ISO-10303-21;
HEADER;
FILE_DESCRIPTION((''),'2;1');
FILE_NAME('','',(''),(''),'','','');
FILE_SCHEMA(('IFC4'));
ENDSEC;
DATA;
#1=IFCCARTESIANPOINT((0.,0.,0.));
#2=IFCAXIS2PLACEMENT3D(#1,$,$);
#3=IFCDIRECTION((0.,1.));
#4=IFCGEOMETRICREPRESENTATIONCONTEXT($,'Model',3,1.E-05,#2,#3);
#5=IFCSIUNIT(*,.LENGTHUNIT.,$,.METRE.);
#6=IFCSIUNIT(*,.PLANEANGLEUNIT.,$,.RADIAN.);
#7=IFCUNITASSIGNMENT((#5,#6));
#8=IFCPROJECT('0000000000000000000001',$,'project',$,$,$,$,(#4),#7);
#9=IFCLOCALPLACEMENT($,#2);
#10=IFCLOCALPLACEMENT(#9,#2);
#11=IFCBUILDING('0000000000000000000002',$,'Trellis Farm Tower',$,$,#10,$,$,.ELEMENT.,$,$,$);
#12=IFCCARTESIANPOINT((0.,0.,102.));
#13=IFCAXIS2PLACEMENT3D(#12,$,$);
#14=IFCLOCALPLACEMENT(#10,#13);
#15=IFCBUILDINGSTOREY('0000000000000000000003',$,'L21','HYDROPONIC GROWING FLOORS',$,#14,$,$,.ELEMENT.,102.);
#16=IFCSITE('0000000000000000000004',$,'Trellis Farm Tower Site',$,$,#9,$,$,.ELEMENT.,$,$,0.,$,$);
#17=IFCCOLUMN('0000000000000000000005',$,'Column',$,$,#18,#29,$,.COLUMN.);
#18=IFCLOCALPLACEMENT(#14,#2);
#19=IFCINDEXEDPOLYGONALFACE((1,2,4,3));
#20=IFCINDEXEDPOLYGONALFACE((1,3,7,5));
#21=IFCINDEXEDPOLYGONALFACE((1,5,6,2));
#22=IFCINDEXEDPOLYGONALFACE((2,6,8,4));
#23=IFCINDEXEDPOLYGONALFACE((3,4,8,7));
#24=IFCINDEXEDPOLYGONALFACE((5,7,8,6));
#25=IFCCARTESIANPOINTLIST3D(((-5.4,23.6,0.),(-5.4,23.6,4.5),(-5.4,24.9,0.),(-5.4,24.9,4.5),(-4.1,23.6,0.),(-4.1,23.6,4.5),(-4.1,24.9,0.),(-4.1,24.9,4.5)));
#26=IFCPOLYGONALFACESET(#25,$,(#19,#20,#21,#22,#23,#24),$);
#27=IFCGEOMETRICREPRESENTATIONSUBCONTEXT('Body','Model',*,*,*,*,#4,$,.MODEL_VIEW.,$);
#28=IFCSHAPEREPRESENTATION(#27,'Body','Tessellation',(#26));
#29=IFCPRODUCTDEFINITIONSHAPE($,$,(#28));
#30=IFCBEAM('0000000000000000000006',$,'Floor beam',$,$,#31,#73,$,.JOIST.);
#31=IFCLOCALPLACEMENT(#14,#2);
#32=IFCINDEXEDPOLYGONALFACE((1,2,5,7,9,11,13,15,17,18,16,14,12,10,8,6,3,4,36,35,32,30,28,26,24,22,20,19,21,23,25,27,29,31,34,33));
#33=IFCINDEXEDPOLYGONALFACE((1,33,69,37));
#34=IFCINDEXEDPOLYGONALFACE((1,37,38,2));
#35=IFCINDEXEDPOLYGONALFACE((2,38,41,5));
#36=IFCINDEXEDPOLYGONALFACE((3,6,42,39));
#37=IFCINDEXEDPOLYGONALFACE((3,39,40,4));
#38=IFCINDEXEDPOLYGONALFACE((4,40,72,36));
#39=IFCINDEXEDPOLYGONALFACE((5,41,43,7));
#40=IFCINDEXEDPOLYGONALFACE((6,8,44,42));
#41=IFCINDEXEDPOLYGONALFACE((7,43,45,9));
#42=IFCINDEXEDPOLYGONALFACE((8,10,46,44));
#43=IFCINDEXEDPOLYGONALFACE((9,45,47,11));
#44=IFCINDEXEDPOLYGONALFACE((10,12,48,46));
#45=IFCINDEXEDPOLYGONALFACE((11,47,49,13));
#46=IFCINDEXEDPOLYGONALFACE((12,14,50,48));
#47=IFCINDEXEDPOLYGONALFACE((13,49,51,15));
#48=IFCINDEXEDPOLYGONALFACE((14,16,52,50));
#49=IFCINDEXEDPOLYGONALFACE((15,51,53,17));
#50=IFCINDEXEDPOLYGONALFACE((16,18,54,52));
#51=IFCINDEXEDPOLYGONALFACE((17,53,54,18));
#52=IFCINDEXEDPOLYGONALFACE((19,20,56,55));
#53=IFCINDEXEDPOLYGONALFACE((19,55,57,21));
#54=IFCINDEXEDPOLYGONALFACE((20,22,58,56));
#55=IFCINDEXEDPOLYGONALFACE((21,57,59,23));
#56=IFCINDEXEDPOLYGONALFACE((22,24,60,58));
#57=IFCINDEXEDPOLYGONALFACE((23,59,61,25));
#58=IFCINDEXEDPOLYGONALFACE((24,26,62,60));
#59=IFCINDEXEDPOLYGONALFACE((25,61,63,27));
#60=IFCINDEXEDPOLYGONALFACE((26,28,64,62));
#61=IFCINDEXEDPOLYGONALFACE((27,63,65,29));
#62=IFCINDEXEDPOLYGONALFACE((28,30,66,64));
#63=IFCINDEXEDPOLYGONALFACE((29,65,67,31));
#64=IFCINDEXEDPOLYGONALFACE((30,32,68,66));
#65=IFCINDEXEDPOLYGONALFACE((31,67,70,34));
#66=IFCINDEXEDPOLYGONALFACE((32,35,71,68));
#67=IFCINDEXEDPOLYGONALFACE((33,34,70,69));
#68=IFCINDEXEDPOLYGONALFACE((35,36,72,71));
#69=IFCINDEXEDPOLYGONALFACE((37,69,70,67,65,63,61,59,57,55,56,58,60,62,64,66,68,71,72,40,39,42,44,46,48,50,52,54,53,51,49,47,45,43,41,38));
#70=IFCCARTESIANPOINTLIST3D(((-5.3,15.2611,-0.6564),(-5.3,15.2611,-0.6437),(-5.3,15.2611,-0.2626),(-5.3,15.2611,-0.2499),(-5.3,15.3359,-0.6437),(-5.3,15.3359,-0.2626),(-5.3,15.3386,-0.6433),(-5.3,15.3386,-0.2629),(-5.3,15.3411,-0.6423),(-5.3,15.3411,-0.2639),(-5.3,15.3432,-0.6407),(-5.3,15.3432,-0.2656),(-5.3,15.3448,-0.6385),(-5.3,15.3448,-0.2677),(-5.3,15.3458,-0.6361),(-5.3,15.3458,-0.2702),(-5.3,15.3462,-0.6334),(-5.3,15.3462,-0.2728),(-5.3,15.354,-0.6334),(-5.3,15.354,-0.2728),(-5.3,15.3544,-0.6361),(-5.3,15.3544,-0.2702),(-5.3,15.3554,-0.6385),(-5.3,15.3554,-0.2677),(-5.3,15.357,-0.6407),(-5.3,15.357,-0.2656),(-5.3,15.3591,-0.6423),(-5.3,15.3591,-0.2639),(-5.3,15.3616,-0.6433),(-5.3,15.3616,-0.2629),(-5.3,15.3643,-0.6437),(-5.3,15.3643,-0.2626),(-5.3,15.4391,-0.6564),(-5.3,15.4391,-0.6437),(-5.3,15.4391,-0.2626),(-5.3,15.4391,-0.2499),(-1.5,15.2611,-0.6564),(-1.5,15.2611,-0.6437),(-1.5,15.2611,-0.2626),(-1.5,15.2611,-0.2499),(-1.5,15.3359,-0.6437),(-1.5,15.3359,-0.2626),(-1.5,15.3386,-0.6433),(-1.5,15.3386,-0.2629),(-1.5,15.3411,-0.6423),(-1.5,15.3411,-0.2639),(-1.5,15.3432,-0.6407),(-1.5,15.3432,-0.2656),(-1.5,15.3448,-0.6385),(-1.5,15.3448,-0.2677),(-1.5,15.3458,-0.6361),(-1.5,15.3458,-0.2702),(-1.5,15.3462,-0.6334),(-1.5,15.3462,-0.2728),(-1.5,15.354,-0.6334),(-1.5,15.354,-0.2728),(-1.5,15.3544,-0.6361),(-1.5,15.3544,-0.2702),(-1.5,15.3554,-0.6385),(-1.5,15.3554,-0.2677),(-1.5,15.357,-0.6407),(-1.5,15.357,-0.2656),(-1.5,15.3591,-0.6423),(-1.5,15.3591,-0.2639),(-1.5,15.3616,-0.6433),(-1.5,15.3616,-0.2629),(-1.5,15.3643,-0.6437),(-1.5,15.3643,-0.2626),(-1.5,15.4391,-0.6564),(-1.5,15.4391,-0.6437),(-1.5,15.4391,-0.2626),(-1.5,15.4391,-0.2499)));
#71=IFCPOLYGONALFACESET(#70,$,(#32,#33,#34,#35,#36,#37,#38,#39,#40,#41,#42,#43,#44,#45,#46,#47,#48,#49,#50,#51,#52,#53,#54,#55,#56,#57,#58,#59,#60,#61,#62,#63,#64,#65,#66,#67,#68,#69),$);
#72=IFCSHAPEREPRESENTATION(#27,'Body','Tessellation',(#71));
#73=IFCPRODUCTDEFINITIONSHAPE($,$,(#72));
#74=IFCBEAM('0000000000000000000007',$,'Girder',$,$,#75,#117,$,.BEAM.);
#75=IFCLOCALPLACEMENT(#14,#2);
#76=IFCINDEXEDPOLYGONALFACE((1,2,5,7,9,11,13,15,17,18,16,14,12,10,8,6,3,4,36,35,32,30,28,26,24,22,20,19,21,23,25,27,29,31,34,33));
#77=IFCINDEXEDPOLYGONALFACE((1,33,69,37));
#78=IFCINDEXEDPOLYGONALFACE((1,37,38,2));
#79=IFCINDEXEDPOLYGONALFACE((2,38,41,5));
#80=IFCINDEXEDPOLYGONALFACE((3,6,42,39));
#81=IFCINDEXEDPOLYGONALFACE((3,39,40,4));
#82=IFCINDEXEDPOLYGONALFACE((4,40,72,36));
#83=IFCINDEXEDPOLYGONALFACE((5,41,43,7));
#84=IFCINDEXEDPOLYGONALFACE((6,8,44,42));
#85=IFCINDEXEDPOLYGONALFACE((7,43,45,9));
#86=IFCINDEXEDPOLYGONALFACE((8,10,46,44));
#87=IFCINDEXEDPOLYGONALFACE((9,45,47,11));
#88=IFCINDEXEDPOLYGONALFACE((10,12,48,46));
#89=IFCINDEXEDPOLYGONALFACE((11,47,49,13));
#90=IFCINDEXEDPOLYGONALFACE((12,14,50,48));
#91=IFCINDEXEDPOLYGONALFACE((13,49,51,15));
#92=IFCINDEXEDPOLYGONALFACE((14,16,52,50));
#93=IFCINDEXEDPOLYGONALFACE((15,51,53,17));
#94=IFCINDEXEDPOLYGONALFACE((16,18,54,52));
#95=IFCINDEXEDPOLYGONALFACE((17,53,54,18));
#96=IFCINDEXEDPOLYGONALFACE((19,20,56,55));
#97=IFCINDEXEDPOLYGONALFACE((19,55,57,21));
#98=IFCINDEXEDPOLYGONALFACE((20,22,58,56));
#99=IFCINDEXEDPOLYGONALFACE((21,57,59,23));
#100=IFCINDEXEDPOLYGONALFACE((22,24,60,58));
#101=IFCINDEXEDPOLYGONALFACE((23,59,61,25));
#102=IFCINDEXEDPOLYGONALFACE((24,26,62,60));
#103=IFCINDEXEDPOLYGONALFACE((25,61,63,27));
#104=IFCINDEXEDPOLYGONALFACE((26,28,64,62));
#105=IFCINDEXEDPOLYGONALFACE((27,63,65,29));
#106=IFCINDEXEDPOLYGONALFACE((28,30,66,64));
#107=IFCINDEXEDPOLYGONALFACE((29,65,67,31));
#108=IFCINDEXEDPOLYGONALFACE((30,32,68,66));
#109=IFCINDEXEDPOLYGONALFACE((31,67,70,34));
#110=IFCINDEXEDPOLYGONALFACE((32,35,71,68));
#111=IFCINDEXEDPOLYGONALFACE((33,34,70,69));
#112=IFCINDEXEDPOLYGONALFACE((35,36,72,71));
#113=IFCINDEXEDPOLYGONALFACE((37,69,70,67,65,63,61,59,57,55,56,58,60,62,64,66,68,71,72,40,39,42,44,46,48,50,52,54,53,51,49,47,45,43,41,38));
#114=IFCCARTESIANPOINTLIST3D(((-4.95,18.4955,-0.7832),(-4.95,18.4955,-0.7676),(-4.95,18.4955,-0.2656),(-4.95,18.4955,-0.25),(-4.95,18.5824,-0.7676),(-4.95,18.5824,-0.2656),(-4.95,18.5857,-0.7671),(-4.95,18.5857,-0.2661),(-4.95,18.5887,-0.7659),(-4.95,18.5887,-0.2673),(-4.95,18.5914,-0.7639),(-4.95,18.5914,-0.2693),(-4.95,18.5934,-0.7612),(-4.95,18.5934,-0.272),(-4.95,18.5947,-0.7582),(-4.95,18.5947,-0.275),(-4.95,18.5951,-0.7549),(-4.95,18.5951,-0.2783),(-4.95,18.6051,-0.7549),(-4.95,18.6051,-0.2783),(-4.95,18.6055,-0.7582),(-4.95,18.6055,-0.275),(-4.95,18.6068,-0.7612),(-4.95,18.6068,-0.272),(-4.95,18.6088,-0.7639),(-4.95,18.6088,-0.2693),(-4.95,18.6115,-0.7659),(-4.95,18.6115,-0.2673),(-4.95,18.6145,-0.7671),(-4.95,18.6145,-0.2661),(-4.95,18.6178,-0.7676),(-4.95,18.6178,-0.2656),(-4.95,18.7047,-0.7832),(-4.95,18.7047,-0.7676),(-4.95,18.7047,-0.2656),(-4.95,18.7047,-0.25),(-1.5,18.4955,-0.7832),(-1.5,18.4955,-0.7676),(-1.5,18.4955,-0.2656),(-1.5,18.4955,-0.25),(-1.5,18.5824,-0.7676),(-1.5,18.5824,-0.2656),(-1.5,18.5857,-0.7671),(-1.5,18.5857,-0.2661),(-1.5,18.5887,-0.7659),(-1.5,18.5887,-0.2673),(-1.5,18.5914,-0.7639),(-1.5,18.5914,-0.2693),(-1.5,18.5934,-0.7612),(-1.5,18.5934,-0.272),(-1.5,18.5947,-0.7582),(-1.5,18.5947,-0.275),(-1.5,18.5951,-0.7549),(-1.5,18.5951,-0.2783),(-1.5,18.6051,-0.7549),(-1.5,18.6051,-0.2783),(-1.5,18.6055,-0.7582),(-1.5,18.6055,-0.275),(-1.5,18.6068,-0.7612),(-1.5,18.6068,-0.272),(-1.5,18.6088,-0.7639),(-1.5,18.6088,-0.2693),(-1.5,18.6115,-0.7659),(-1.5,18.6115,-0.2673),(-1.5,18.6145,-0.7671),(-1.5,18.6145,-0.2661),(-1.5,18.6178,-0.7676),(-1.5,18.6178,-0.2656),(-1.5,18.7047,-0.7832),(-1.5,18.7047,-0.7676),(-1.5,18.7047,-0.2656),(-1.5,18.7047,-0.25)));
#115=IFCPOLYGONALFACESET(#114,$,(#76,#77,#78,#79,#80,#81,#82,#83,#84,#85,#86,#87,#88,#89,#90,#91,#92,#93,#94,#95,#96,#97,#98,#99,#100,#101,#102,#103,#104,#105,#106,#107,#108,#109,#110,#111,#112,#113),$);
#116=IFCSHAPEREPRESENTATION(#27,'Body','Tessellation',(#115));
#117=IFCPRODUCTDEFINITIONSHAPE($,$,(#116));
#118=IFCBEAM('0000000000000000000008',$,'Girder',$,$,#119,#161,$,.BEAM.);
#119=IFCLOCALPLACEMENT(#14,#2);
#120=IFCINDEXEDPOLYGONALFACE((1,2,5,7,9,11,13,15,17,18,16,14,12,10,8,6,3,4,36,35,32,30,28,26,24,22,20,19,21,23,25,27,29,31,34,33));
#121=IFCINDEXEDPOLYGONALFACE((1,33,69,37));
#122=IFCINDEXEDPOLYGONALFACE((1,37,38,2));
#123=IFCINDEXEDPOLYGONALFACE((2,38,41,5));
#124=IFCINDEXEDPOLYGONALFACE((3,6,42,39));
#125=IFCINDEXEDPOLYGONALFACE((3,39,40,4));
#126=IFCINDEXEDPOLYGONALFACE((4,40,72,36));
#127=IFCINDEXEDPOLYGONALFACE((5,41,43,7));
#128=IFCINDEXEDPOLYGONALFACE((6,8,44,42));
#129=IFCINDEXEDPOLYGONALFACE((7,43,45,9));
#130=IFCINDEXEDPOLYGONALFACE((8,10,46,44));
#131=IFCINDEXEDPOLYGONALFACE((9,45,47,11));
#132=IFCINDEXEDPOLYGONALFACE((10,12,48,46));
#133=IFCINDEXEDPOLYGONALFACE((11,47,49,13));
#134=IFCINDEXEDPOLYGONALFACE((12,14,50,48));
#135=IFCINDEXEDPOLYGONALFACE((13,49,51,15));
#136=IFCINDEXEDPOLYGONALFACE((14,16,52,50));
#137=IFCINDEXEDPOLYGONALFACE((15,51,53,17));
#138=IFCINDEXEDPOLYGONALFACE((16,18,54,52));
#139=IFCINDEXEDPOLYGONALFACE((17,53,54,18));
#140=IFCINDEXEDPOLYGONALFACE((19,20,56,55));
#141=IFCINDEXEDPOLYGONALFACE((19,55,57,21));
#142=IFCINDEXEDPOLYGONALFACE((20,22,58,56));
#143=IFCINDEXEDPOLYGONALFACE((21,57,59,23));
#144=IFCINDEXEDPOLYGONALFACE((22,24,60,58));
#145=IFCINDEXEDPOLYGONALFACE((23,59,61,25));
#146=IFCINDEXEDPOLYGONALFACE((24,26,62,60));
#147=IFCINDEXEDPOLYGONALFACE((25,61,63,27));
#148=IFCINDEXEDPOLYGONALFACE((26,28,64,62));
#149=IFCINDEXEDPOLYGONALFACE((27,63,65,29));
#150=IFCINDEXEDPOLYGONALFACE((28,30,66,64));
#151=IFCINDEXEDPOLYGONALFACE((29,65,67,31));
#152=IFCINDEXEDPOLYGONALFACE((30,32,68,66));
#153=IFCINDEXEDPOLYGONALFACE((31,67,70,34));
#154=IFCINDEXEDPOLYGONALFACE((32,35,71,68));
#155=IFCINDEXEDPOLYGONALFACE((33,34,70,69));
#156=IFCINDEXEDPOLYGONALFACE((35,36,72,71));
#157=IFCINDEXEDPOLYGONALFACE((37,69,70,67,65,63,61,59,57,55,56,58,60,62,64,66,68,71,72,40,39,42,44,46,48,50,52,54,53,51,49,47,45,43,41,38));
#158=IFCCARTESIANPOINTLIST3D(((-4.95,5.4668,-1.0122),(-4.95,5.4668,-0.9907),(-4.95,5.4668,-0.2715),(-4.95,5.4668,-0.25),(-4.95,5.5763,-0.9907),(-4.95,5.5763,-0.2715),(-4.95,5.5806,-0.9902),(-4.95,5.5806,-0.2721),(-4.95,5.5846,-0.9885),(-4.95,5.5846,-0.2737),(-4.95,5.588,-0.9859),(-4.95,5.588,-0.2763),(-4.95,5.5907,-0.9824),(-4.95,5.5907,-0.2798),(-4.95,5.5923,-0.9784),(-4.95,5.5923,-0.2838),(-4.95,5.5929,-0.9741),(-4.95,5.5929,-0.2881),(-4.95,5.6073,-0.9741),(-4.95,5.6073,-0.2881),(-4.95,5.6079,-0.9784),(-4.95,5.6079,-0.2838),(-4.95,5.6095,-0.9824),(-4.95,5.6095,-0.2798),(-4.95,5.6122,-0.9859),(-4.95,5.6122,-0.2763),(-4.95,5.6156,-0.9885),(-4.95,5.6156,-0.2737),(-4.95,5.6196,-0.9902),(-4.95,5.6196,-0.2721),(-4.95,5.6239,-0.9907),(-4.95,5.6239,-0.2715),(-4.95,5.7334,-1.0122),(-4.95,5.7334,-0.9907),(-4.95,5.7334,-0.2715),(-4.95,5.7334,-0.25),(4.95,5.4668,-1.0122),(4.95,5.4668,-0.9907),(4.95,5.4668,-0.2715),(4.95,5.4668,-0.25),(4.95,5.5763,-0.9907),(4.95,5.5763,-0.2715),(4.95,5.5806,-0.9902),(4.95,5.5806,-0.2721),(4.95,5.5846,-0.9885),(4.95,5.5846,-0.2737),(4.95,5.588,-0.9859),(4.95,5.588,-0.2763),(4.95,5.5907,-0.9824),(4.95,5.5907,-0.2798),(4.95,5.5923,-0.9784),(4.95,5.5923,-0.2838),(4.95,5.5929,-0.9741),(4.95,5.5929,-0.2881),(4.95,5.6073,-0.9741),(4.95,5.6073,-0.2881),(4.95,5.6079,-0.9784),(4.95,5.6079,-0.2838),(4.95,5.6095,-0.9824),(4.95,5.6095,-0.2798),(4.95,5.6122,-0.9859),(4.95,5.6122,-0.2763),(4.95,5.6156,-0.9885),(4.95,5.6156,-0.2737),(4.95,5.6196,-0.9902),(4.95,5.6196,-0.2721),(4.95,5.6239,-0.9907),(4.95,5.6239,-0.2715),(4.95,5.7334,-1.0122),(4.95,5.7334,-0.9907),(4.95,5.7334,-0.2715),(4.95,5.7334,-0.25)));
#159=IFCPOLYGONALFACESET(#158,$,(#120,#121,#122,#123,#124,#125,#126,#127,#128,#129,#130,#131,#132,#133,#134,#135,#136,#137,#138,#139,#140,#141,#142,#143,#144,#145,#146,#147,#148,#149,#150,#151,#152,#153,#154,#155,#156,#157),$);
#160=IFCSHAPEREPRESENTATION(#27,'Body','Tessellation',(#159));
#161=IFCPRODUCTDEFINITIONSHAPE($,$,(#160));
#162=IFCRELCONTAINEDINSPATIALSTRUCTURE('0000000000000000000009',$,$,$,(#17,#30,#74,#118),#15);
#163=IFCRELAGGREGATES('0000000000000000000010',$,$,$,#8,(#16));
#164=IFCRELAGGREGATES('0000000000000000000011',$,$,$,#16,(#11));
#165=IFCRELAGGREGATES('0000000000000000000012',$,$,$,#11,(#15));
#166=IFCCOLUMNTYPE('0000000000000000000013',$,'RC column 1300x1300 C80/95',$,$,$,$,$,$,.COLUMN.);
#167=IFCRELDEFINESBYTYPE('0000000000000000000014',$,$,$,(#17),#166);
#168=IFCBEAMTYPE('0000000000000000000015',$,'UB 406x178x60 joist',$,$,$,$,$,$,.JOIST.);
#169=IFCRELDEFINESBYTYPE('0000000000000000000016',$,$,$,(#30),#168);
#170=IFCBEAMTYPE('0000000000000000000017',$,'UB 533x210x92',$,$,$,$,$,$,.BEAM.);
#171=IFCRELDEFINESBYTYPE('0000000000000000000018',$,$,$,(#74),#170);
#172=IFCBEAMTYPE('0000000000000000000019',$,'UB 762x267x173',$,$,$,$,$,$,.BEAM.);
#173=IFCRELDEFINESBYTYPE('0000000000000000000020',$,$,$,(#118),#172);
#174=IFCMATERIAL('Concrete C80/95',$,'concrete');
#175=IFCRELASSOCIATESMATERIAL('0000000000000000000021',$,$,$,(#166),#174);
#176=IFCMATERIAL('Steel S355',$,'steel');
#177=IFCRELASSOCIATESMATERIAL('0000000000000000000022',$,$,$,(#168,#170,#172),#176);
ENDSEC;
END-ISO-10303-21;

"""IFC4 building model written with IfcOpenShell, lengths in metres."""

from ifc_helpers import new_model, si_unit, direction, frame, origin, origin_2d, place, context, subcontext, project, spatial, rectangle, i_section, extrude, source, transform, mapped, material, material_profile, profile_set, type_object, element, save


model = new_model("IFC4")

# Units and contexts
model_context = context("Model", 3, precision=1e-05, world=origin(), true_north=direction((0.0, 1.0)))
body_context = subcontext(model_context, "Body", "Model", "MODEL_VIEW")
ifc_project = project(units=[si_unit("LENGTHUNIT", "METRE"), si_unit("PLANEANGLEUNIT", "RADIAN")], contexts=[model_context])

# Site, building, storey
site_placement = place(None, origin())
site = spatial("IfcSite", under=ifc_project, at=site_placement, Name="Trellis Farm Tower Site", CompositionType="ELEMENT", RefElevation=0.0)
building_placement = place(site_placement, origin())
building = spatial("IfcBuilding", under=site, at=building_placement, Name="Trellis Farm Tower", CompositionType="ELEMENT")
storey_placement = place(building_placement, frame((0.0, 0.0, 102.0)))
storey = spatial("IfcBuildingStorey", under=building, at=storey_placement, Name="L21", Description="HYDROPONIC GROWING FLOORS", CompositionType="ELEMENT", Elevation=102.0)

# Column
ifc_material_1 = material(Name="Concrete C80/95", Category="concrete")
ifc_material_profile_1 = material_profile(ifc_material_1, rectangle(XDim=1.3, YDim=1.3, at=origin_2d()), Name="RC column 1300x1300 C80/95")
ifc_profile_set_1 = profile_set([ifc_material_profile_1], Name="Concrete C80/95")
column_type = type_object("IfcColumnType", Name="RC column 1300x1300 C80/95", PredefinedType="COLUMN", material=ifc_profile_set_1)
shared_shape_1 = source(origin(), body_context, "Body", "SweptSolid", [
    extrude(rectangle(XDim=1.3, YDim=1.3, at=origin_2d()), origin(), (0.0, 0.0, 1.0), 4.5),
])
column_placement = place(storey_placement, frame((-4.75, 24.25, 0.0), z_axis=(0.0, 0.0, 1.0), x_axis=(1.0, 0.0, 0.0)))
element("IfcColumn", 1, at=column_placement, inside=storey, type_object=column_type, Name="Column", PredefinedType="COLUMN", context=body_context, shape_type="MappedRepresentation", body=[
    mapped(shared_shape_1, transform((0.0, 0.0, 0.0))),
])

# Beams
ifc_material_2 = material(Name="Steel S355", Category="steel")
ifc_material_profile_2 = material_profile(ifc_material_2, i_section(OverallWidth=0.178, OverallDepth=0.4065, WebThickness=0.0078, FlangeThickness=0.0127, FilletRadius=0.0103, at=origin_2d()), Name="UB 406x178x60")
ifc_profile_set_2 = profile_set([ifc_material_profile_2], Name="Steel S355")
beam_type_1 = type_object("IfcBeamType", Name="UB 406x178x60 joist", PredefinedType="JOIST", material=ifc_profile_set_2)
shared_shape_2 = source(origin(), body_context, "Body", "SweptSolid", [
    extrude(i_section(OverallWidth=0.178, OverallDepth=0.4065, WebThickness=0.0078, FlangeThickness=0.0127, FilletRadius=0.0103, at=origin_2d()), origin(), (0.0, 0.0, 1.0), 3.8),
])
beam_1_placement = place(storey_placement, frame((-5.3, 15.3501, -0.4531), z_axis=(1.0, 0.0, 0.0), x_axis=(0.0, 1.0, 0.0)))
element("IfcBeam", 2, at=beam_1_placement, inside=storey, type_object=beam_type_1, Name="Floor beam", PredefinedType="JOIST", context=body_context, shape_type="MappedRepresentation", body=[
    mapped(shared_shape_2, transform((0.0, 0.0, 0.0))),
])
ifc_material_profile_3 = material_profile(ifc_material_2, i_section(OverallWidth=0.2092, OverallDepth=0.5332, WebThickness=0.01, FlangeThickness=0.0156, FilletRadius=0.0127, at=origin_2d()), Name="UB 533x210x92")
ifc_profile_set_3 = profile_set([ifc_material_profile_3], Name="Steel S355")
beam_type_2 = type_object("IfcBeamType", Name="UB 533x210x92", PredefinedType="BEAM", material=ifc_profile_set_3)
shared_shape_3 = source(origin(), body_context, "Body", "SweptSolid", [
    extrude(i_section(OverallWidth=0.2092, OverallDepth=0.5332, WebThickness=0.01, FlangeThickness=0.0156, FilletRadius=0.0127, at=origin_2d()), origin(), (0.0, 0.0, 1.0), 3.45),
])
beam_2_placement = place(storey_placement, frame((-4.95, 18.6001, -0.5166), z_axis=(1.0, 0.0, 0.0), x_axis=(0.0, 1.0, 0.0)))
element("IfcBeam", 3, at=beam_2_placement, inside=storey, type_object=beam_type_2, Name="Girder", PredefinedType="BEAM", context=body_context, shape_type="MappedRepresentation", body=[
    mapped(shared_shape_3, transform((0.0, 0.0, 0.0))),
])
ifc_material_profile_4 = material_profile(ifc_material_2, i_section(OverallWidth=0.2666, OverallDepth=0.7622, WebThickness=0.0144, FlangeThickness=0.0215, FilletRadius=0.0166, at=origin_2d()), Name="UB 762x267x173")
ifc_profile_set_4 = profile_set([ifc_material_profile_4], Name="Steel S355")
beam_type_3 = type_object("IfcBeamType", Name="UB 762x267x173", PredefinedType="BEAM", material=ifc_profile_set_4)
shared_shape_4 = source(origin(), body_context, "Body", "SweptSolid", [
    extrude(i_section(OverallWidth=0.2666, OverallDepth=0.7622, WebThickness=0.0144, FlangeThickness=0.0215, FilletRadius=0.0166, at=origin_2d()), origin(), (0.0, 0.0, 1.0), 9.8999),
])
for number, where, z_axis, x_axis, name in (
    (4, (-4.95, 5.6001, -0.6311), (1.0, 0.0, 0.0), (0.0, 1.0, 0.0), "Girder"),
):
    element("IfcBeam", number, at=place(storey_placement, frame(where, z_axis=z_axis, x_axis=x_axis)), inside=storey, type_object=beam_type_3, Name=name, PredefinedType="BEAM", context=body_context, shape_type="MappedRepresentation", body=[
        mapped(shared_shape_4, transform((0.0, 0.0, 0.0))),
    ])

save(model, "model.ifc")
